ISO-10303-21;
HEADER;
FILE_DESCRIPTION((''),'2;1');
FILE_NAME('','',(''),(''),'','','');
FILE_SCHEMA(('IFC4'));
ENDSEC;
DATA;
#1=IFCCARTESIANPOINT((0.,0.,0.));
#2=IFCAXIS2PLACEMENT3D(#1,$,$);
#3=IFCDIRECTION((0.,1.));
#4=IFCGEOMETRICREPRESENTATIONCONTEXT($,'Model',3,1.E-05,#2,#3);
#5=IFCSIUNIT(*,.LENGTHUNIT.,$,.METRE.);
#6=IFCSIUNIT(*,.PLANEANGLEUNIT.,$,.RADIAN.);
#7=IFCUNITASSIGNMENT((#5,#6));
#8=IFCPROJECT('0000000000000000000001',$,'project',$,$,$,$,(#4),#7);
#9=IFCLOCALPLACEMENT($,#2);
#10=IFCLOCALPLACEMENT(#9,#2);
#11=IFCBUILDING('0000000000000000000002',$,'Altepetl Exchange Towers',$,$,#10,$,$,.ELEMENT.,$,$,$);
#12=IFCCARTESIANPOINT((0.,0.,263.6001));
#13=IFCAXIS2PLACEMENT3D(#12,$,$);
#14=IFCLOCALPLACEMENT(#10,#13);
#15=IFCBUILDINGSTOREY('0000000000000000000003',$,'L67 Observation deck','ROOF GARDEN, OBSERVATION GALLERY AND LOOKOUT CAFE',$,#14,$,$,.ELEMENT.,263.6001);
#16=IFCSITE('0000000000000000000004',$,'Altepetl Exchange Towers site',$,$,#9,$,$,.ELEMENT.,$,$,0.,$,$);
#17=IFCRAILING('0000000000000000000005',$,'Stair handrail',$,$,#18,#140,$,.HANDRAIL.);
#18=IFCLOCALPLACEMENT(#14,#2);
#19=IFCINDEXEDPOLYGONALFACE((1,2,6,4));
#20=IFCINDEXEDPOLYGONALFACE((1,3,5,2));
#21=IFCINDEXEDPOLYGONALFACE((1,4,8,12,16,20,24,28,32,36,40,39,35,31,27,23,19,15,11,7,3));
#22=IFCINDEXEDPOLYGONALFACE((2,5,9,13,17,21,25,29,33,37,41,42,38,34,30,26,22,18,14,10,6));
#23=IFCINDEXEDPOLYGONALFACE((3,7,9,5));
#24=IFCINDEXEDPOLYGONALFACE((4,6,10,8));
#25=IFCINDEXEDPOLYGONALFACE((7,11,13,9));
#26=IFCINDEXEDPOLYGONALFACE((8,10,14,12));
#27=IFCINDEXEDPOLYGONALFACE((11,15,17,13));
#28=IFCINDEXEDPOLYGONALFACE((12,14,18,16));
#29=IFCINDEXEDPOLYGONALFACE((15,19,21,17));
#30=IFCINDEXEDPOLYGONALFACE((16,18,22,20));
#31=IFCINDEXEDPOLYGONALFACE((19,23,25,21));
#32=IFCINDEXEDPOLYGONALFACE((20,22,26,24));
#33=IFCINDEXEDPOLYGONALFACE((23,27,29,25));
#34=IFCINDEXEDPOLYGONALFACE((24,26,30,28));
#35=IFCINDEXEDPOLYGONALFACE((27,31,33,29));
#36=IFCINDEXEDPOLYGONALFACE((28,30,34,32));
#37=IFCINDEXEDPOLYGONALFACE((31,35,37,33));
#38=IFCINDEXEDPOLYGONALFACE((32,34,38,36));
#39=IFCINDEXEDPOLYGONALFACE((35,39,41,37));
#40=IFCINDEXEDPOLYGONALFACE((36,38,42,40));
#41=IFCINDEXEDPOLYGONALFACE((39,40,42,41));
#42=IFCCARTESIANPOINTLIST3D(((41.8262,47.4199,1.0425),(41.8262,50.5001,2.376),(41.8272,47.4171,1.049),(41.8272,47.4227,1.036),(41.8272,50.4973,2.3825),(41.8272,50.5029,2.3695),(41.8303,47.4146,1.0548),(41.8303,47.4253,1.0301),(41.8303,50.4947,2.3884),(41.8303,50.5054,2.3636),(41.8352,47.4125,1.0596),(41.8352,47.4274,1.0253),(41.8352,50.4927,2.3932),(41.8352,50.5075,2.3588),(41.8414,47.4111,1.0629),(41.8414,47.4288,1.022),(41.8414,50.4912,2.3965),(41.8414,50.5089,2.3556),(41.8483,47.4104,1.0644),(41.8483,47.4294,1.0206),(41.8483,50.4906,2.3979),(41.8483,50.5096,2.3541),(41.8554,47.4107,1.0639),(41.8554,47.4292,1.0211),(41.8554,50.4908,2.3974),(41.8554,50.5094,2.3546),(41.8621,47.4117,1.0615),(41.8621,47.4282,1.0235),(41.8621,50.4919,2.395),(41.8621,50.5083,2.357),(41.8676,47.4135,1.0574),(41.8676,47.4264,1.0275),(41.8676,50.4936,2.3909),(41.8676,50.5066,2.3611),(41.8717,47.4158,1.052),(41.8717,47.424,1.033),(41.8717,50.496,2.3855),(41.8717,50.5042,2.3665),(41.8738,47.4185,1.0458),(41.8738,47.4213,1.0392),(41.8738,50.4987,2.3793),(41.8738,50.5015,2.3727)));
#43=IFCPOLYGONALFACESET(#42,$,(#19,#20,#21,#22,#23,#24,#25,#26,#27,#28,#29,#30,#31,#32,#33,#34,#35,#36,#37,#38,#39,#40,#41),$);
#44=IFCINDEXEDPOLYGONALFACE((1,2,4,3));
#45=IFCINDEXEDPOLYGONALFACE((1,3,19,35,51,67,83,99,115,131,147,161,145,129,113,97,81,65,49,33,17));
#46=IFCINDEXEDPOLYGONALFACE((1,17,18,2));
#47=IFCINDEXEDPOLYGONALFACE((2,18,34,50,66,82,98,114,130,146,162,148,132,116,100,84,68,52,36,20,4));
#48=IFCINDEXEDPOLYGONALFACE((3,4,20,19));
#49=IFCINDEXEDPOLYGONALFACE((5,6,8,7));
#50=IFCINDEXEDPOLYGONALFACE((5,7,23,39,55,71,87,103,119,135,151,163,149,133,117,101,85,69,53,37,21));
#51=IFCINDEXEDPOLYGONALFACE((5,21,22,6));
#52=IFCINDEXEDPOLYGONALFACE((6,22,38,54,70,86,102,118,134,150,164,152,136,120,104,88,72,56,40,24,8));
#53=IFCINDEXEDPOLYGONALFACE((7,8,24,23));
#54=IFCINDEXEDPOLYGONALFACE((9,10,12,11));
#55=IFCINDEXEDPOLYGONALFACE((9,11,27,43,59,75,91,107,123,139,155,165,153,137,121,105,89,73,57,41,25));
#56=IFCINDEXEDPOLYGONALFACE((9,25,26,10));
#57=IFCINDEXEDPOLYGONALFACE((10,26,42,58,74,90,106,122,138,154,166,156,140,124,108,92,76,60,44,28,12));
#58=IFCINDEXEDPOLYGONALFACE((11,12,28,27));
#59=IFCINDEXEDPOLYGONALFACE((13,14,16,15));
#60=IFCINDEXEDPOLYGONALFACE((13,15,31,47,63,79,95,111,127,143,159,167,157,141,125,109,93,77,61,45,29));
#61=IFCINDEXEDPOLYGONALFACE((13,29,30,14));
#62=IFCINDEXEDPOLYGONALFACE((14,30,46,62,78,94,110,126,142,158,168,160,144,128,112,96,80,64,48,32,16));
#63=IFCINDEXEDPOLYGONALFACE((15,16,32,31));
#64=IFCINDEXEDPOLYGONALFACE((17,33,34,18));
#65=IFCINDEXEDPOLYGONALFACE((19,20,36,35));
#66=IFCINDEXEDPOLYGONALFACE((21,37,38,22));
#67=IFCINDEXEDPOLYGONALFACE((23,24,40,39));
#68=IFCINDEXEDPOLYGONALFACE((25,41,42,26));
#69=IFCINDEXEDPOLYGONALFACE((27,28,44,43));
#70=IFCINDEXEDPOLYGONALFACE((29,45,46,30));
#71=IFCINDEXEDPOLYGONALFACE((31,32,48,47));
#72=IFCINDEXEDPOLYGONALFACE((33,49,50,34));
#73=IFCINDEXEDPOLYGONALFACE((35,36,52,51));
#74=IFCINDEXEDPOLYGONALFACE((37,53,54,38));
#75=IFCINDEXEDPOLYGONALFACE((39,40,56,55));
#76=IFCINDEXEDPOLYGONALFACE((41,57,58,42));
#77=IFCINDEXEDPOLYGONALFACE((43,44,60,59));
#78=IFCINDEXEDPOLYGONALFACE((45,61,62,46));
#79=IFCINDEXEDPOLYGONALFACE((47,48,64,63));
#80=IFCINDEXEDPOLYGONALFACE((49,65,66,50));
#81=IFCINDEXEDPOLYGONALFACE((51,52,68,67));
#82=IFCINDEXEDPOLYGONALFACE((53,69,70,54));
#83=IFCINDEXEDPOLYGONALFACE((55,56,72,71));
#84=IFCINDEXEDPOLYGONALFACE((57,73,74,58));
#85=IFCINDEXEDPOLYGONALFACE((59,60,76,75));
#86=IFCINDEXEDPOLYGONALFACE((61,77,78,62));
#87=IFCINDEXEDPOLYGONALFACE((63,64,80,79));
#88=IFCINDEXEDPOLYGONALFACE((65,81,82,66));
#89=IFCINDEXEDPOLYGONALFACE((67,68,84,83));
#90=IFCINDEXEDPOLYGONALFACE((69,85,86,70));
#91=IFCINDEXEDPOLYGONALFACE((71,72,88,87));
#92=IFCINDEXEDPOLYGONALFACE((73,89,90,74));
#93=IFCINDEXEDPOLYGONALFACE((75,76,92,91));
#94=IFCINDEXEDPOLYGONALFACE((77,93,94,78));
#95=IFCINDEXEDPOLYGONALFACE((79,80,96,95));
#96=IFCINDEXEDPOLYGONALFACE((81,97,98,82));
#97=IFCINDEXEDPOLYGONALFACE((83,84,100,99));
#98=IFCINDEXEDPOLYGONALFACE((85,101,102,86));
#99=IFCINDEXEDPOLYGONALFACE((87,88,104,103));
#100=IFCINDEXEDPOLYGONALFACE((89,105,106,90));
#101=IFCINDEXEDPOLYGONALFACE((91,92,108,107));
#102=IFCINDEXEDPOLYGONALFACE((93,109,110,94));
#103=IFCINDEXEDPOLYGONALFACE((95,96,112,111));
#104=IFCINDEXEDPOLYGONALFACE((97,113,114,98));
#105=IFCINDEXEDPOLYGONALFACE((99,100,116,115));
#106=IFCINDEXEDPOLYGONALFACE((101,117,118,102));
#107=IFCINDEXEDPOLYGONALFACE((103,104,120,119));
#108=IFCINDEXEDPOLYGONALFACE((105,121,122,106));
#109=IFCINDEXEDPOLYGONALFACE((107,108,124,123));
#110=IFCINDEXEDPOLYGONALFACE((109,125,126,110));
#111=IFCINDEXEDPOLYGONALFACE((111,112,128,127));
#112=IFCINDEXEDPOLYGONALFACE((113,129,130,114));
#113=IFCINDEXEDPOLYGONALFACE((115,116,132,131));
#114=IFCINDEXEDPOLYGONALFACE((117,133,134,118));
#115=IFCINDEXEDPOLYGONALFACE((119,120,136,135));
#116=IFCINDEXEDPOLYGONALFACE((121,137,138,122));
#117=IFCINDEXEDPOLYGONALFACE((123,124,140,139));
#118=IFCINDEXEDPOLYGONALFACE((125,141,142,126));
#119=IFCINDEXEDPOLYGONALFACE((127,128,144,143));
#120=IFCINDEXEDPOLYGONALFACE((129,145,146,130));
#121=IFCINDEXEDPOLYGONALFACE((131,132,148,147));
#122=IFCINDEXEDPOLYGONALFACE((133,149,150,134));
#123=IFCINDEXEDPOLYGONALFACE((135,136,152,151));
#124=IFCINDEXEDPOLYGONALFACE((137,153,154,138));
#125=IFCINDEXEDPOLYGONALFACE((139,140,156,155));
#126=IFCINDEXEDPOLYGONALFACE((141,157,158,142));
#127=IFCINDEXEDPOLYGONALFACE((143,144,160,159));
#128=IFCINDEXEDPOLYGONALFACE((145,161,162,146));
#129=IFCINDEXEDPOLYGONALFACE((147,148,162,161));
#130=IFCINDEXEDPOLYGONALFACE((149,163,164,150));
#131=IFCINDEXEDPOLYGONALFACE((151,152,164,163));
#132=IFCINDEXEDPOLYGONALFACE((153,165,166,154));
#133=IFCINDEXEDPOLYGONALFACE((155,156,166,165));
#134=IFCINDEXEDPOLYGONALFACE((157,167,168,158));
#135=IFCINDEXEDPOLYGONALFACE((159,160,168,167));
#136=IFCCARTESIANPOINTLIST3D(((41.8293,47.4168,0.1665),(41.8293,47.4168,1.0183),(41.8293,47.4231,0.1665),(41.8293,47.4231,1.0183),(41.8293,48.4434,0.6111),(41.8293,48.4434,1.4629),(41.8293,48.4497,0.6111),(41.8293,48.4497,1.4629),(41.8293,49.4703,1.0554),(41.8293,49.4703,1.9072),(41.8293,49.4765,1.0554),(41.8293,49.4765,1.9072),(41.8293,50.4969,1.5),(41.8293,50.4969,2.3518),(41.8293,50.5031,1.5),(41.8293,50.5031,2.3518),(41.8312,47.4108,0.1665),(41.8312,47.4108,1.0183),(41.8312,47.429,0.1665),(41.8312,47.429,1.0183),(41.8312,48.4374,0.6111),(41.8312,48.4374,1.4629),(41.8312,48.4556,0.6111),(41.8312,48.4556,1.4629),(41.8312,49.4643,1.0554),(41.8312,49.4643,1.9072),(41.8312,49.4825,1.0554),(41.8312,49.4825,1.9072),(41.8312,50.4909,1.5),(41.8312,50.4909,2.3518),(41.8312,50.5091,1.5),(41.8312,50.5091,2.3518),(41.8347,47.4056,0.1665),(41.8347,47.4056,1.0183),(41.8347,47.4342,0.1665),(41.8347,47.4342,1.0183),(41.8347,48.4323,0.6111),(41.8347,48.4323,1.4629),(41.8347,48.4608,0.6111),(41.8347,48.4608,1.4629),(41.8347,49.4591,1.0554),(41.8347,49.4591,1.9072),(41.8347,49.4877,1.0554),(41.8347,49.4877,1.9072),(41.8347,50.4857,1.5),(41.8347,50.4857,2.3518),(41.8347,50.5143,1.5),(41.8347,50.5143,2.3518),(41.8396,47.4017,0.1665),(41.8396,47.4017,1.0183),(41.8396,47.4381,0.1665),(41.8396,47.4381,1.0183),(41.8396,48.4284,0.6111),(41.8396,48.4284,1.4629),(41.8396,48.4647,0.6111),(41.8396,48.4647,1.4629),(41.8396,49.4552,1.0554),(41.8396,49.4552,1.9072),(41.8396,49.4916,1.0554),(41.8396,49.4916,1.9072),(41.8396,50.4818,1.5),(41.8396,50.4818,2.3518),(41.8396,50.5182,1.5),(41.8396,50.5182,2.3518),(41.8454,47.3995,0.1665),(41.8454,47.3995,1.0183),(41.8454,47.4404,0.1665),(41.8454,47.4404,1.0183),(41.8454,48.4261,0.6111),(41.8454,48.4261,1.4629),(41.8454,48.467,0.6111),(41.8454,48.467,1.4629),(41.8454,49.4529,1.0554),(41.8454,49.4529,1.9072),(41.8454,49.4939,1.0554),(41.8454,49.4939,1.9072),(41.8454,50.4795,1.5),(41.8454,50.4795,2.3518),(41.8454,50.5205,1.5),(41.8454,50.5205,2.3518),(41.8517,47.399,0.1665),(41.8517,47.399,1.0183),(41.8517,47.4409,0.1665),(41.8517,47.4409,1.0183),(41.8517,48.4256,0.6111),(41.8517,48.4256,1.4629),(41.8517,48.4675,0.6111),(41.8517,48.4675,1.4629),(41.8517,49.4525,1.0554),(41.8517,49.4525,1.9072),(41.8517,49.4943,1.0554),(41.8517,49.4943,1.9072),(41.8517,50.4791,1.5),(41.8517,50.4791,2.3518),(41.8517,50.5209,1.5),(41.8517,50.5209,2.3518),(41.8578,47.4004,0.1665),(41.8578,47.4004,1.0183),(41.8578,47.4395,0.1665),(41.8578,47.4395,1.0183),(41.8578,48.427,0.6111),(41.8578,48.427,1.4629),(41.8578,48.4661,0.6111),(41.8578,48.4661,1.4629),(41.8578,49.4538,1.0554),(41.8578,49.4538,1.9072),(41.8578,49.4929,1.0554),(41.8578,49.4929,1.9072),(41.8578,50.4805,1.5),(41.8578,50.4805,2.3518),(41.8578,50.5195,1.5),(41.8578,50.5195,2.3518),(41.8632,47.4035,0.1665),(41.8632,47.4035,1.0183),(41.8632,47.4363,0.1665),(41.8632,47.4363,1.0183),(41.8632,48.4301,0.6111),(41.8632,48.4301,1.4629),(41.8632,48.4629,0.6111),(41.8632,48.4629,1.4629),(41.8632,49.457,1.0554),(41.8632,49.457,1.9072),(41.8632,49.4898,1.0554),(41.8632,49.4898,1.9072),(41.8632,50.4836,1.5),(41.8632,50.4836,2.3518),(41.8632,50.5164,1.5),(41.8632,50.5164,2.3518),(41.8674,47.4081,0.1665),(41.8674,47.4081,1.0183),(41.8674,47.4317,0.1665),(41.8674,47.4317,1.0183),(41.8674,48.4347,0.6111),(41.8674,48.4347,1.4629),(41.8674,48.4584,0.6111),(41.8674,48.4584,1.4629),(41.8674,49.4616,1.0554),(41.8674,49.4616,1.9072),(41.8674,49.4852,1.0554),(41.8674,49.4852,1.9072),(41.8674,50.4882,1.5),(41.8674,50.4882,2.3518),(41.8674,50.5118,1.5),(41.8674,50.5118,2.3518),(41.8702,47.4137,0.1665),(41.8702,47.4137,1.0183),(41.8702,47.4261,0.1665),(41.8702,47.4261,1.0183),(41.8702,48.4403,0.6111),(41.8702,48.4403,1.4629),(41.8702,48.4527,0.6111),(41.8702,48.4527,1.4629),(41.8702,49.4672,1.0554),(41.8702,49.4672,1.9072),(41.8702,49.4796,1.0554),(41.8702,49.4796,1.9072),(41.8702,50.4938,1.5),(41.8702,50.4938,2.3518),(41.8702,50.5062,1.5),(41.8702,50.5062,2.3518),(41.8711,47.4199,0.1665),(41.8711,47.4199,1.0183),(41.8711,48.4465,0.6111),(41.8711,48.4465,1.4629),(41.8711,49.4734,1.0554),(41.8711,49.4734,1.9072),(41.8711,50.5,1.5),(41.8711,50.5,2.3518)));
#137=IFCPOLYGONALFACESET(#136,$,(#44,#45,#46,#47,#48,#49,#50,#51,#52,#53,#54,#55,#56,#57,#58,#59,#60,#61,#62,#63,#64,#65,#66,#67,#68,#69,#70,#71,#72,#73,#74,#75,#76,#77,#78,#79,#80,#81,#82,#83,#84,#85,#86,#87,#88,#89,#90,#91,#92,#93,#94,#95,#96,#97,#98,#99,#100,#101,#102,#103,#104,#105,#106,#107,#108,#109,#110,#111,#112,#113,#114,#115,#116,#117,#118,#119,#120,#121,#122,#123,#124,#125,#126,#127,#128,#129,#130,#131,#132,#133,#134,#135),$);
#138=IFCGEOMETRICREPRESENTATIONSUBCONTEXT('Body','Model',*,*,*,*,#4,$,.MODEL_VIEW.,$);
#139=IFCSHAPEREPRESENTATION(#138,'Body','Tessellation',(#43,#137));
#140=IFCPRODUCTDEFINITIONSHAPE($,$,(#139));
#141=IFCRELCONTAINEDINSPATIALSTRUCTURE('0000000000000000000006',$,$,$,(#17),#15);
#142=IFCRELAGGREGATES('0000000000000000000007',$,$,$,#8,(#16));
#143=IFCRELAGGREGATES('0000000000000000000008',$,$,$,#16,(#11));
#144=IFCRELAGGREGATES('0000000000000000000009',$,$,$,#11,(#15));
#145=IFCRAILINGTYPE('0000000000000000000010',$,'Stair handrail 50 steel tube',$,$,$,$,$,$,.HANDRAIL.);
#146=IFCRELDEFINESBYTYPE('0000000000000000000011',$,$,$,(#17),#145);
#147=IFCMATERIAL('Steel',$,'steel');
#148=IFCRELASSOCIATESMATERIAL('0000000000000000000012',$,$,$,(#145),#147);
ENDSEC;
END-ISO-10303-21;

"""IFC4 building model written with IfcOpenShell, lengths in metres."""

from ifc_helpers import new_model, si_unit, direction, frame, origin, origin_2d, place, context, subcontext, project, spatial, circle, extrude, source, transform, mapped, material, type_object, element, save


model = new_model("IFC4")

# Units and contexts
model_context = context("Model", 3, precision=1e-05, world=origin(), true_north=direction((0.0, 1.0)))
body_context = subcontext(model_context, "Body", "Model", "MODEL_VIEW")
ifc_project = project(units=[si_unit("LENGTHUNIT", "METRE"), si_unit("PLANEANGLEUNIT", "RADIAN")], contexts=[model_context])

# Site, building, storey
site_placement = place(None, origin())
site = spatial("IfcSite", under=ifc_project, at=site_placement, Name="Altepetl Exchange Towers site", CompositionType="ELEMENT", RefElevation=0.0)
building_placement = place(site_placement, origin())
building = spatial("IfcBuilding", under=site, at=building_placement, Name="Altepetl Exchange Towers", CompositionType="ELEMENT")
storey_placement = place(building_placement, frame((0.0, 0.0, 263.6001)))
storey = spatial("IfcBuildingStorey", under=building, at=storey_placement, Name="L67 Observation deck", Description="ROOF GARDEN, OBSERVATION GALLERY AND LOOKOUT CAFE", CompositionType="ELEMENT", Elevation=263.6001)

# Railing
ifc_material_1 = material(Name="Steel", Category="steel")
railing_type = type_object("IfcRailingType", Name="Stair handrail 50 steel tube", PredefinedType="HANDRAIL", material=ifc_material_1)
shared_shape = source(origin(), body_context, "Body", "SweptSolid", [
    extrude(circle(Radius=0.021, at=origin_2d()), origin(), (0.0, 0.0, 1.0), 0.8518),
])
for number, where, name in (
    (1, (41.8501, 47.4199, 0.1665), "Stair handrail"),
):
    element("IfcRailing", number, at=place(storey_placement, frame(where)), inside=storey, type_object=railing_type, Name=name, PredefinedType="HANDRAIL", context=body_context, shape_type="SweptSolid", body=[
        extrude(circle(Radius=0.0239, at=origin_2d()), frame((0.0, 0.0, 0.876), z_axis=(0.0, 0.917686, 0.397305), x_axis=(-1.0, 0.0, 0.0)), (0.0, 0.0, 1.0), 3.3564),
        mapped(shared_shape, transform((0.0, 0.0, 0.0))),
        mapped(shared_shape, transform((0.0, 1.0266, 0.4446))),
        mapped(shared_shape, transform((0.0, 2.0535, 0.8889))),
        mapped(shared_shape, transform((0.0, 3.0801, 1.3335))),
    ])

save(model, "model.ifc")
